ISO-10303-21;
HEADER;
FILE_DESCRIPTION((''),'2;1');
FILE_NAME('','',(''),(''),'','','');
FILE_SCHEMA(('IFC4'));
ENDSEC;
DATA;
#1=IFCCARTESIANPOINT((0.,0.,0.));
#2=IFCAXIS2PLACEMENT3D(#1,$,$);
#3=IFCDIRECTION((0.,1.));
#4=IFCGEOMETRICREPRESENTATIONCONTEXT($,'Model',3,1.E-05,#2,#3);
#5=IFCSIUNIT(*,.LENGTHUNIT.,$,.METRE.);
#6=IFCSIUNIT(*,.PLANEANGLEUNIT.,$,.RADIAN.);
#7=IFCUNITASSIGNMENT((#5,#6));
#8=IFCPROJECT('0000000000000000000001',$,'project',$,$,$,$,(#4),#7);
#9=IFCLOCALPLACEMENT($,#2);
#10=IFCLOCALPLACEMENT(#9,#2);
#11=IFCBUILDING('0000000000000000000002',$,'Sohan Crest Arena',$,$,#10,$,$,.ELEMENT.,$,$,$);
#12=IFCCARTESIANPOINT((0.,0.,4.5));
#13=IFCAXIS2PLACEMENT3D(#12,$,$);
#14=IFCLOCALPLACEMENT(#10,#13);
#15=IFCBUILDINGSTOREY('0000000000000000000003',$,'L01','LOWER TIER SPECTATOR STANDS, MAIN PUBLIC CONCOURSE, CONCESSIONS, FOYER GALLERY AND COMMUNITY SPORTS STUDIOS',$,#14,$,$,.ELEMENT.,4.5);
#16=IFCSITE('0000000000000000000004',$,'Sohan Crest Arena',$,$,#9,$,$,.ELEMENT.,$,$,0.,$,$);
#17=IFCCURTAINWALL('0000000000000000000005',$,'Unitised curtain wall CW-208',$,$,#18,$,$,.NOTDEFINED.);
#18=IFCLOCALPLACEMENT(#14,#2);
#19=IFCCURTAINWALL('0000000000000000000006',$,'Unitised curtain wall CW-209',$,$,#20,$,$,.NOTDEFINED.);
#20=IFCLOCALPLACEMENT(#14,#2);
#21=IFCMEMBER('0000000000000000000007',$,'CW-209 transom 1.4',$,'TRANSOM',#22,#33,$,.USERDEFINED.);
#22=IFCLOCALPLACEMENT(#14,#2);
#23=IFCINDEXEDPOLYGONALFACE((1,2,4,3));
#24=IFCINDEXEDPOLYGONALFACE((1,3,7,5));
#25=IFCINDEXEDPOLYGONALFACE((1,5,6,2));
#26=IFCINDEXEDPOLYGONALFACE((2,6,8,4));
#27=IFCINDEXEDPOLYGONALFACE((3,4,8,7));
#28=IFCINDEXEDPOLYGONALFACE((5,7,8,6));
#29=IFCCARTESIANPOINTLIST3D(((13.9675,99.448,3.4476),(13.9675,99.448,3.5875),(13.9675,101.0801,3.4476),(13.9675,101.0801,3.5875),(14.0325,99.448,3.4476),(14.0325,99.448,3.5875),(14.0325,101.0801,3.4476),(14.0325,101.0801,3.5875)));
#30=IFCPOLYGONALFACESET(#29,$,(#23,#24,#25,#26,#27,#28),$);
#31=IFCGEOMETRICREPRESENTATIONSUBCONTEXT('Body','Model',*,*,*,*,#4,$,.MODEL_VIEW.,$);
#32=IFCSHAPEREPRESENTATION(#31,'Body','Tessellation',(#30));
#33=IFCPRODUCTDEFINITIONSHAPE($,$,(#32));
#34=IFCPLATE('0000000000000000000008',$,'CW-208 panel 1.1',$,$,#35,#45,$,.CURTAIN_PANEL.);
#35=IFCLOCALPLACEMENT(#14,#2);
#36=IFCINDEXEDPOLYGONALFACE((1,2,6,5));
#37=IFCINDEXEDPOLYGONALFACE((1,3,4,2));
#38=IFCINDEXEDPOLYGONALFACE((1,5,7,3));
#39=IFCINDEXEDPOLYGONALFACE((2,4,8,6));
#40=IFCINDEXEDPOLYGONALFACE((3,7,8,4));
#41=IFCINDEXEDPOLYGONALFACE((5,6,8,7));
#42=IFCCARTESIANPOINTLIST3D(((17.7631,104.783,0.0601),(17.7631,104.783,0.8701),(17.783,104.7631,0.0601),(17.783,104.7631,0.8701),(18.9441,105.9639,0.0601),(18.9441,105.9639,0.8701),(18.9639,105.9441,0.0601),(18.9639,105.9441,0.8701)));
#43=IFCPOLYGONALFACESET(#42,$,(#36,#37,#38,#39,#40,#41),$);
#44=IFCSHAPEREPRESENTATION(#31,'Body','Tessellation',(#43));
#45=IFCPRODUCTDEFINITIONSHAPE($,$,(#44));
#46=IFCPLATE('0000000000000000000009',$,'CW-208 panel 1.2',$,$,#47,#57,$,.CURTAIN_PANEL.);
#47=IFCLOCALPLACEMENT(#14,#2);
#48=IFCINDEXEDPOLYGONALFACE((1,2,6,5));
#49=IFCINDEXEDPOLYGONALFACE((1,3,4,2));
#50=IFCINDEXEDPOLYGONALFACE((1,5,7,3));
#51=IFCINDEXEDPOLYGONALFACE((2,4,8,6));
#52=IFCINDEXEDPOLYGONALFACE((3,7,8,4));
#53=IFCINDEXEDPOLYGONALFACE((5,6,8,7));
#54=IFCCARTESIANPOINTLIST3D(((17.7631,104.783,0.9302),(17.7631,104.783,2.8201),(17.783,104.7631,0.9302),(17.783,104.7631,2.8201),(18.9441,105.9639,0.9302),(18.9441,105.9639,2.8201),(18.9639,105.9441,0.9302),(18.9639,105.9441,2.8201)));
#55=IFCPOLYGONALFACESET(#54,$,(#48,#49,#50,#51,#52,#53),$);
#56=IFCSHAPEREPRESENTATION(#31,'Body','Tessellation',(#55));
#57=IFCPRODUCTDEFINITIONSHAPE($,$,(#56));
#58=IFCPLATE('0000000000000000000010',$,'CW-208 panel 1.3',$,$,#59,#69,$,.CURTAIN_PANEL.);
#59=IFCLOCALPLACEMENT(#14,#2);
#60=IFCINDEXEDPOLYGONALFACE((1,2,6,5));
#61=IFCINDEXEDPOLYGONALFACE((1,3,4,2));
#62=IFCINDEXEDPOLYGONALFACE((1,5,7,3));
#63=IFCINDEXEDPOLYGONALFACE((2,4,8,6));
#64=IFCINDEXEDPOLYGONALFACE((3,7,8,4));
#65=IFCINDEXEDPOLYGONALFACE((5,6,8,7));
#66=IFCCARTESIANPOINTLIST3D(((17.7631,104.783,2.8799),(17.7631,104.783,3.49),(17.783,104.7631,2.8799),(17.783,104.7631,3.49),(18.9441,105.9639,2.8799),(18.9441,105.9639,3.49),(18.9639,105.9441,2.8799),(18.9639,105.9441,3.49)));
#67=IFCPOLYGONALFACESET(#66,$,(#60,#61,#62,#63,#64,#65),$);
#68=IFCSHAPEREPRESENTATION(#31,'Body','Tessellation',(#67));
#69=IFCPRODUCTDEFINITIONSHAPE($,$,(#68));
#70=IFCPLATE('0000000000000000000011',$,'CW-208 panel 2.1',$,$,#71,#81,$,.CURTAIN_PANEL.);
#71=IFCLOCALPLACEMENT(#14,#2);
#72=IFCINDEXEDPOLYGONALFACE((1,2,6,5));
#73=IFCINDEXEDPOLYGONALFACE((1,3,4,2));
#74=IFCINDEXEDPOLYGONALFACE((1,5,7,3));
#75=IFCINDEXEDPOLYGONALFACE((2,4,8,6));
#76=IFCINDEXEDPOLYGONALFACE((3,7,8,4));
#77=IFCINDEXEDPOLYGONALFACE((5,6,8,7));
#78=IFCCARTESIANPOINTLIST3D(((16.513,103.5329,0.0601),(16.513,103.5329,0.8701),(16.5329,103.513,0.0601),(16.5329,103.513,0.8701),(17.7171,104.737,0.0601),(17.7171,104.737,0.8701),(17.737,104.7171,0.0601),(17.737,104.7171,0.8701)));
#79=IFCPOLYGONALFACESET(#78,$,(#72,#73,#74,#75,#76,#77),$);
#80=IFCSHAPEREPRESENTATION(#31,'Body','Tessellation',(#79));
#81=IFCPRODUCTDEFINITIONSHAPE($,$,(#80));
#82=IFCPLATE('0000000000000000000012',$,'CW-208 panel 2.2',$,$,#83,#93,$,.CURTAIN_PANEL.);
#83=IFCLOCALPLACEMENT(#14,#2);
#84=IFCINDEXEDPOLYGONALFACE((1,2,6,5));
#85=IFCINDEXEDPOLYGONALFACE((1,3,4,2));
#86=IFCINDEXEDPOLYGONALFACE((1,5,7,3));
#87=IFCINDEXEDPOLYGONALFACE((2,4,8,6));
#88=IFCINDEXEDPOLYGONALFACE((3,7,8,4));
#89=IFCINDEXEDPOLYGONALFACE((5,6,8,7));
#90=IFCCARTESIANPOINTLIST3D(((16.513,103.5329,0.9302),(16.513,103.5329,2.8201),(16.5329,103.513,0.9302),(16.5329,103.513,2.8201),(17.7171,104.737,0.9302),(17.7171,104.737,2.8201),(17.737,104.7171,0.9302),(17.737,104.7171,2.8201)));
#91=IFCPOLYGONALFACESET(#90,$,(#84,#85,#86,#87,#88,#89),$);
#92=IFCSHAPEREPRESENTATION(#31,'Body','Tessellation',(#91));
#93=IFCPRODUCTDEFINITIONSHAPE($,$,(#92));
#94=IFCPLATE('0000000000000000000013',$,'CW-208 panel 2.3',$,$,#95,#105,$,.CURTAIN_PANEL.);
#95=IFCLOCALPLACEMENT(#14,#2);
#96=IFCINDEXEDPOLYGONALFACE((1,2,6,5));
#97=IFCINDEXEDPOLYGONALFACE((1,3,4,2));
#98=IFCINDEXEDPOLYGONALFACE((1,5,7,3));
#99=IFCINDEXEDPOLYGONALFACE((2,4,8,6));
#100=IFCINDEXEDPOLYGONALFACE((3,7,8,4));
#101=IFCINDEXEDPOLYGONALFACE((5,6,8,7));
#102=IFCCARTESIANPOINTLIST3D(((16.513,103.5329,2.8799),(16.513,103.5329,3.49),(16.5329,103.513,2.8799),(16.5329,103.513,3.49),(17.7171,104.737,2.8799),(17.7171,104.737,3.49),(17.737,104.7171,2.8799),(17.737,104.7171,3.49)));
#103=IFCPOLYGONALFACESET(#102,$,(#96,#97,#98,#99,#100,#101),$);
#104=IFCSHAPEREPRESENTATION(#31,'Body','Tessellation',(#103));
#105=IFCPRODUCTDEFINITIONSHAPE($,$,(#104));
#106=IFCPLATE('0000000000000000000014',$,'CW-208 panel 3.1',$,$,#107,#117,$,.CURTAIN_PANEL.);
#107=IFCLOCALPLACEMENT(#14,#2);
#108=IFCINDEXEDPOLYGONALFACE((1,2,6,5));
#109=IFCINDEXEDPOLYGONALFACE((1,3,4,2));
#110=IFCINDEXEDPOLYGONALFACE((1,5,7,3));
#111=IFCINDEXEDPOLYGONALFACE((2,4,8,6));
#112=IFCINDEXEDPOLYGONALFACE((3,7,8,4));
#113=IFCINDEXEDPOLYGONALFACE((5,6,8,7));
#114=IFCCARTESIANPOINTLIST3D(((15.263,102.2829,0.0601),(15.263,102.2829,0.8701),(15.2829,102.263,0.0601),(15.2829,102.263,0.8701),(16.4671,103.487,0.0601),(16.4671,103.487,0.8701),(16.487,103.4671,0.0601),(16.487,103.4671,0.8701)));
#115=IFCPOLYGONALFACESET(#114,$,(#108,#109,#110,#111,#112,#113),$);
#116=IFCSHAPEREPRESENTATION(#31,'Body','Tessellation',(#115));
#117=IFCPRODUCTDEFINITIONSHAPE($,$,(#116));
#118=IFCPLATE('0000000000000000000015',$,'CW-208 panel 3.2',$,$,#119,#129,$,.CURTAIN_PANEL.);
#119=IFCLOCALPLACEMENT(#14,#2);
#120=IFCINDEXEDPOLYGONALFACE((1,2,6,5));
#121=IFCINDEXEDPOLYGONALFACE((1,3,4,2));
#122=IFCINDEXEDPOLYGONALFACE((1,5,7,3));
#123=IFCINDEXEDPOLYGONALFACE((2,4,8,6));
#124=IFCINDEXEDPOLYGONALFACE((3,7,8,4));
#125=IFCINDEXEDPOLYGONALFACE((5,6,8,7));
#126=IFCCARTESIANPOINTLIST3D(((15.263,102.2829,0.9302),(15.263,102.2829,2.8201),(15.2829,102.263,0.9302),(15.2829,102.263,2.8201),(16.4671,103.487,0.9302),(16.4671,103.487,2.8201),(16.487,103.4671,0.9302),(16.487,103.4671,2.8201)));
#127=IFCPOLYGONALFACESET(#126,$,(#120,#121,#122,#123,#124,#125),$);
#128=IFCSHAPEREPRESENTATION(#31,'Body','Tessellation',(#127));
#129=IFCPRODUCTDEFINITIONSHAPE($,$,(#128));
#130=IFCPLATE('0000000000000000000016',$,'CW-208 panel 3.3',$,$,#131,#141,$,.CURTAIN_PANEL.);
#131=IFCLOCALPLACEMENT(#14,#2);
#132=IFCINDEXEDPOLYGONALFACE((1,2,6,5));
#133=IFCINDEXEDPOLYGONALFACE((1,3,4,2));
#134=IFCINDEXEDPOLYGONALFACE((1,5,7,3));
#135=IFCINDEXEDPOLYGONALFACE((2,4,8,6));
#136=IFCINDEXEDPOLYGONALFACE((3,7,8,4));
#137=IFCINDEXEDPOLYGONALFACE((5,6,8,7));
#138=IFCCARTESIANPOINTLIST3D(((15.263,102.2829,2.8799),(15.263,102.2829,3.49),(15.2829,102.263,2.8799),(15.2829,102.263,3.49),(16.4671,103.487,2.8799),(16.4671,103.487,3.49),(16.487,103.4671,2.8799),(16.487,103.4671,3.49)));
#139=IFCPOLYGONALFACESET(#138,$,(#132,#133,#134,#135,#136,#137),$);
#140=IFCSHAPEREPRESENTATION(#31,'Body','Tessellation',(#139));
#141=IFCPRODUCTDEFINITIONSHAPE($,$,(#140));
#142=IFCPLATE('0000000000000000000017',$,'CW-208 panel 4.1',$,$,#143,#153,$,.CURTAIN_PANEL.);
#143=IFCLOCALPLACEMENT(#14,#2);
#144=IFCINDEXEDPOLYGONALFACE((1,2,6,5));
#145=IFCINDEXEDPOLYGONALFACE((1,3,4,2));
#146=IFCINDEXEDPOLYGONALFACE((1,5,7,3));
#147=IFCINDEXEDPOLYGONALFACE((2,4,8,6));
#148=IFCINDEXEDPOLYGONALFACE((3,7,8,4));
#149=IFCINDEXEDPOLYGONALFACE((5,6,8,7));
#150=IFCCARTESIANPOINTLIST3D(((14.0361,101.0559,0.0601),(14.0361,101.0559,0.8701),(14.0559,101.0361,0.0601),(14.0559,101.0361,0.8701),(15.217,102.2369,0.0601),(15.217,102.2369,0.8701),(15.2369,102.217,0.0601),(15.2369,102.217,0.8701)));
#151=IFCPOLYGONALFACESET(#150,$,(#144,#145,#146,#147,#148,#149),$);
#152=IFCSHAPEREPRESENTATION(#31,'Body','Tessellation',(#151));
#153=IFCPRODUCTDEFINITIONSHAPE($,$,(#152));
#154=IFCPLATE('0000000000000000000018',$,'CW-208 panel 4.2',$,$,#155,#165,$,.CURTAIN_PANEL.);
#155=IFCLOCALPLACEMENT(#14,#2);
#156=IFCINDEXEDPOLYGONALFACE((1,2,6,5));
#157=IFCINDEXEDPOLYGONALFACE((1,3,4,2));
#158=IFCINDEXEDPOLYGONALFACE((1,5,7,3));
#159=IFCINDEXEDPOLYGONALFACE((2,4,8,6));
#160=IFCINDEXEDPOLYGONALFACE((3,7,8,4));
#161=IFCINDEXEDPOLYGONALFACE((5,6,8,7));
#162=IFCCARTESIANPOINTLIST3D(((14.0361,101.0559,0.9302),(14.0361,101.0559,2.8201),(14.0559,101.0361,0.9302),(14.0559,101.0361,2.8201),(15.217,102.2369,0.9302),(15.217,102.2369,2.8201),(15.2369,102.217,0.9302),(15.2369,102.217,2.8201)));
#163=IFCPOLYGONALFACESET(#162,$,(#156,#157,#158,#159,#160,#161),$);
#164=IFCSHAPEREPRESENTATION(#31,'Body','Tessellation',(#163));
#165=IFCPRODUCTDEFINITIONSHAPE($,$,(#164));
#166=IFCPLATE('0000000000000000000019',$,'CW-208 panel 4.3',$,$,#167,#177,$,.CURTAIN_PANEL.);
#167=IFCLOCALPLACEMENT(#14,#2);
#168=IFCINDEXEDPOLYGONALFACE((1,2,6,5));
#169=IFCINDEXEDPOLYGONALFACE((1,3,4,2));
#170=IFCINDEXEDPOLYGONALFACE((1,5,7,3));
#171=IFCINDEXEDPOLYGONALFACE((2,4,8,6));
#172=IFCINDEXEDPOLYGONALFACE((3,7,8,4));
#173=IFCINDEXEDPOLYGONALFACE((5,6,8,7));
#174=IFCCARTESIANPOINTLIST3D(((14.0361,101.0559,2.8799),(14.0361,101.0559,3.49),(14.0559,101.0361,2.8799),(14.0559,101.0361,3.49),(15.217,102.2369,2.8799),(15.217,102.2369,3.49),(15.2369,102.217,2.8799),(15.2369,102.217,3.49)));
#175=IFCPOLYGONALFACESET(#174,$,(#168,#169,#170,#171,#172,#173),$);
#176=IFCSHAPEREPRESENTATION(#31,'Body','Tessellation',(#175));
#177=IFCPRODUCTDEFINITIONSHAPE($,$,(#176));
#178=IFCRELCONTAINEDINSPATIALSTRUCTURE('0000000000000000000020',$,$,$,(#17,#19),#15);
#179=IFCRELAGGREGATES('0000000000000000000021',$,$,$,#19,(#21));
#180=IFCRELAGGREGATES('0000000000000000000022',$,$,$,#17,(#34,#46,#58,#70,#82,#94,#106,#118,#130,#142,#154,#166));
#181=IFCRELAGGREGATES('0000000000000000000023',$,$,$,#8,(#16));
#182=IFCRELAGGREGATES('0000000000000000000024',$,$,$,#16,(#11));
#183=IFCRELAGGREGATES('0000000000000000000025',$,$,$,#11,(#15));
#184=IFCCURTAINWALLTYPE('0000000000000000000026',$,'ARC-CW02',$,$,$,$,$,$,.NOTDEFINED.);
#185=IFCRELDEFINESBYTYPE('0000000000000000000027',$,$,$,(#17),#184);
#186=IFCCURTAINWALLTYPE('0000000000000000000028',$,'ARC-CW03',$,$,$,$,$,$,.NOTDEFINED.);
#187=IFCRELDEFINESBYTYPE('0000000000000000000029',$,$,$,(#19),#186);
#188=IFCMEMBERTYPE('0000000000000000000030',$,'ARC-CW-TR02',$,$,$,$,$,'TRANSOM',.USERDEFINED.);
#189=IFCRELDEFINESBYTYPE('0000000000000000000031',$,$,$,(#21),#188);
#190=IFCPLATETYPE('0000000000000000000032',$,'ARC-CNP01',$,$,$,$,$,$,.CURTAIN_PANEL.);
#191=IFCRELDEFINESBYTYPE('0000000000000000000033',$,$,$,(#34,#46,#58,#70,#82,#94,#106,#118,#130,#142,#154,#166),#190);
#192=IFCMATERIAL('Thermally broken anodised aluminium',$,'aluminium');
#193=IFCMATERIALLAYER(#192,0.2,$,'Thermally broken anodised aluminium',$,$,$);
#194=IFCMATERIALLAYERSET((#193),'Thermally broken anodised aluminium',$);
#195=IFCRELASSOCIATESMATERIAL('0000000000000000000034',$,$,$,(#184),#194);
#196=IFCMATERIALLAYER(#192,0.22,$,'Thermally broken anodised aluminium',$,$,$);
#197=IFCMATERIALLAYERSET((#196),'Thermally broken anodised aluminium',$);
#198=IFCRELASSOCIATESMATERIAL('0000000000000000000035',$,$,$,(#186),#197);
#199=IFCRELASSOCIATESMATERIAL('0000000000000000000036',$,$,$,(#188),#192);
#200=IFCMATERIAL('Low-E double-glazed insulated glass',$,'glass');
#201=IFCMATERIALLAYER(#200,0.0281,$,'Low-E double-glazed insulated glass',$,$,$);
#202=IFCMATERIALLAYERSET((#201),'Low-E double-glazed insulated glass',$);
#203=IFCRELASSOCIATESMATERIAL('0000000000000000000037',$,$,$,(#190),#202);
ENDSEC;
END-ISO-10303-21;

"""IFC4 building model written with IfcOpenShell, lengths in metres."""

from ifc_helpers import new_model, si_unit, direction, frame, origin, origin_2d, place, context, subcontext, project, spatial, rectangle, extrude, material, layer, layer_set, material_profile, profile_set, type_object, element, aggregate, save


model = new_model("IFC4")

# Units and contexts
model_context = context("Model", 3, precision=1e-05, world=origin(), true_north=direction((0.0, 1.0)))
body_context = subcontext(model_context, "Body", "Model", "MODEL_VIEW")
ifc_project = project(units=[si_unit("LENGTHUNIT", "METRE"), si_unit("PLANEANGLEUNIT", "RADIAN")], contexts=[model_context])

# Site, building, storey
site_placement = place(None, origin())
site = spatial("IfcSite", under=ifc_project, at=site_placement, Name="Sohan Crest Arena", CompositionType="ELEMENT", RefElevation=0.0)
building_placement = place(site_placement, origin())
building = spatial("IfcBuilding", under=site, at=building_placement, Name="Sohan Crest Arena", CompositionType="ELEMENT")
storey_placement = place(building_placement, frame((0.0, 0.0, 4.5)))
storey = spatial("IfcBuildingStorey", under=building, at=storey_placement, Name="L01", Description="LOWER TIER SPECTATOR STANDS, MAIN PUBLIC CONCOURSE, CONCESSIONS, FOYER GALLERY AND COMMUNITY SPORTS STUDIOS", CompositionType="ELEMENT", Elevation=4.5)

# Shared definitions
ifc_material_1 = material(Name="Thermally broken anodised aluminium", Category="aluminium")
ifc_layer_1 = layer(ifc_material_1, 0.2, Name="Thermally broken anodised aluminium")
ifc_layer_set_1 = layer_set([ifc_layer_1], Name="Thermally broken anodised aluminium")
curtain_wall_type_1 = type_object("IfcCurtainWallType", Name="ARC-CW02", PredefinedType="NOTDEFINED", material=ifc_layer_set_1)

# Curtain wall
curtain_wall_1_placement = place(storey_placement, origin())
curtain_wall_1 = element("IfcCurtainWall", 1, at=curtain_wall_1_placement, inside=storey, type_object=curtain_wall_type_1, Name="Unitised curtain wall CW-208", PredefinedType="NOTDEFINED")

# Curtain wall
ifc_layer_2 = layer(ifc_material_1, 0.22, Name="Thermally broken anodised aluminium")
ifc_layer_set_2 = layer_set([ifc_layer_2], Name="Thermally broken anodised aluminium")
curtain_wall_type_2 = type_object("IfcCurtainWallType", Name="ARC-CW03", PredefinedType="NOTDEFINED", material=ifc_layer_set_2)
curtain_wall_2_placement = place(storey_placement, origin())
curtain_wall_2 = element("IfcCurtainWall", 2, at=curtain_wall_2_placement, inside=storey, type_object=curtain_wall_type_2, Name="Unitised curtain wall CW-209", PredefinedType="NOTDEFINED")

# Member
ifc_material_profile_1 = material_profile(ifc_material_1, rectangle(XDim=0.0649, YDim=0.1399, at=origin_2d()), Name="ALU-TRAN 65x140")
ifc_profile_set_1 = profile_set([ifc_material_profile_1], Name="Thermally broken anodised aluminium")
member_type_1 = type_object("IfcMemberType", Name="ARC-CW-TR02", ElementType="TRANSOM", PredefinedType="USERDEFINED", material=ifc_profile_set_1)
member_1_placement = place(storey_placement, frame((14.0, 101.0801, 3.5176), z_axis=(0.0, -1.0, 0.0), x_axis=(1.0, 0.0, 0.0)))
member_1 = element("IfcMember", 3, at=member_1_placement, type_object=member_type_1, Name="CW-209 transom 1.4", ObjectType="TRANSOM", PredefinedType="USERDEFINED", context=body_context, shape_type="SweptSolid", body=[
    extrude(rectangle(XDim=0.0649, YDim=0.1399, at=origin_2d()), origin(), (0.0, 0.0, 1.0), 1.6321),
])
aggregate(curtain_wall_2, [member_1])

# Plates
ifc_material_2 = material(Name="Low-E double-glazed insulated glass", Category="glass")
ifc_layer_3 = layer(ifc_material_2, 0.0281, Name="Low-E double-glazed insulated glass")
ifc_layer_set_3 = layer_set([ifc_layer_3], Name="Low-E double-glazed insulated glass")
plate_type = type_object("IfcPlateType", Name="ARC-CNP01", PredefinedType="CURTAIN_PANEL", material=ifc_layer_set_3)
plate_1_placement = place(storey_placement, frame((18.3635, 105.3635, 0.0601), z_axis=(0.0, 0.0, 1.0), x_axis=(-0.707107, -0.707107, 0.0)))
plate_1 = element("IfcPlate", 4, at=plate_1_placement, type_object=plate_type, Name="CW-208 panel 1.1", PredefinedType="CURTAIN_PANEL", context=body_context, shape_type="SweptSolid", body=[
    extrude(rectangle(XDim=1.6702, YDim=0.0281, at=origin_2d()), origin(), (0.0, 0.0, 1.0), 0.8101),
])
plate_2_placement = place(storey_placement, frame((18.3635, 105.3635, 0.9302), z_axis=(0.0, 0.0, 1.0), x_axis=(-0.707107, -0.707107, 0.0)))
plate_2 = element("IfcPlate", 5, at=plate_2_placement, type_object=plate_type, Name="CW-208 panel 1.2", PredefinedType="CURTAIN_PANEL", context=body_context, shape_type="SweptSolid", body=[
    extrude(rectangle(XDim=1.6702, YDim=0.0281, at=origin_2d()), origin(), (0.0, 0.0, 1.0), 1.8899),
])
plate_3_placement = place(storey_placement, frame((18.3635, 105.3635, 2.8799), z_axis=(0.0, 0.0, 1.0), x_axis=(-0.707107, -0.707107, 0.0)))
plate_3 = element("IfcPlate", 6, at=plate_3_placement, type_object=plate_type, Name="CW-208 panel 1.3", PredefinedType="CURTAIN_PANEL", context=body_context, shape_type="SweptSolid", body=[
    extrude(rectangle(XDim=1.6702, YDim=0.0281, at=origin_2d()), origin(), (0.0, 0.0, 1.0), 0.6101),
])
plate_4_placement = place(storey_placement, frame((17.125, 104.125, 0.0601), z_axis=(0.0, 0.0, 1.0), x_axis=(-0.707107, -0.707107, 0.0)))
plate_4 = element("IfcPlate", 7, at=plate_4_placement, type_object=plate_type, Name="CW-208 panel 2.1", PredefinedType="CURTAIN_PANEL", context=body_context, shape_type="SweptSolid", body=[
    extrude(rectangle(XDim=1.7029, YDim=0.0281, at=origin_2d()), origin(), (0.0, 0.0, 1.0), 0.8101),
])
plate_5_placement = place(storey_placement, frame((17.125, 104.125, 0.9302), z_axis=(0.0, 0.0, 1.0), x_axis=(-0.707107, -0.707107, 0.0)))
plate_5 = element("IfcPlate", 8, at=plate_5_placement, type_object=plate_type, Name="CW-208 panel 2.2", PredefinedType="CURTAIN_PANEL", context=body_context, shape_type="SweptSolid", body=[
    extrude(rectangle(XDim=1.7029, YDim=0.0281, at=origin_2d()), origin(), (0.0, 0.0, 1.0), 1.8899),
])
plate_6_placement = place(storey_placement, frame((17.125, 104.125, 2.8799), z_axis=(0.0, 0.0, 1.0), x_axis=(-0.707107, -0.707107, 0.0)))
plate_6 = element("IfcPlate", 9, at=plate_6_placement, type_object=plate_type, Name="CW-208 panel 2.3", PredefinedType="CURTAIN_PANEL", context=body_context, shape_type="SweptSolid", body=[
    extrude(rectangle(XDim=1.7029, YDim=0.0281, at=origin_2d()), origin(), (0.0, 0.0, 1.0), 0.6101),
])
plate_7_placement = place(storey_placement, frame((15.875, 102.875, 0.0601), z_axis=(0.0, 0.0, 1.0), x_axis=(-0.707107, -0.707107, 0.0)))
plate_7 = element("IfcPlate", 10, at=plate_7_placement, type_object=plate_type, Name="CW-208 panel 3.1", PredefinedType="CURTAIN_PANEL", context=body_context, shape_type="SweptSolid", body=[
    extrude(rectangle(XDim=1.7029, YDim=0.0281, at=origin_2d()), origin(), (0.0, 0.0, 1.0), 0.8101),
])
plate_8_placement = place(storey_placement, frame((15.875, 102.875, 0.9302), z_axis=(0.0, 0.0, 1.0), x_axis=(-0.707107, -0.707107, 0.0)))
plate_8 = element("IfcPlate", 11, at=plate_8_placement, type_object=plate_type, Name="CW-208 panel 3.2", PredefinedType="CURTAIN_PANEL", context=body_context, shape_type="SweptSolid", body=[
    extrude(rectangle(XDim=1.7029, YDim=0.0281, at=origin_2d()), origin(), (0.0, 0.0, 1.0), 1.8899),
])
plate_9_placement = place(storey_placement, frame((15.875, 102.875, 2.8799), z_axis=(0.0, 0.0, 1.0), x_axis=(-0.707107, -0.707107, 0.0)))
plate_9 = element("IfcPlate", 12, at=plate_9_placement, type_object=plate_type, Name="CW-208 panel 3.3", PredefinedType="CURTAIN_PANEL", context=body_context, shape_type="SweptSolid", body=[
    extrude(rectangle(XDim=1.7029, YDim=0.0281, at=origin_2d()), origin(), (0.0, 0.0, 1.0), 0.6101),
])
plate_10_placement = place(storey_placement, frame((14.6365, 101.6365, 0.0601), z_axis=(0.0, 0.0, 1.0), x_axis=(-0.707107, -0.707107, 0.0)))
plate_10 = element("IfcPlate", 13, at=plate_10_placement, type_object=plate_type, Name="CW-208 panel 4.1", PredefinedType="CURTAIN_PANEL", context=body_context, shape_type="SweptSolid", body=[
    extrude(rectangle(XDim=1.6702, YDim=0.0281, at=origin_2d()), origin(), (0.0, 0.0, 1.0), 0.8101),
])
plate_11_placement = place(storey_placement, frame((14.6365, 101.6365, 0.9302), z_axis=(0.0, 0.0, 1.0), x_axis=(-0.707107, -0.707107, 0.0)))
plate_11 = element("IfcPlate", 14, at=plate_11_placement, type_object=plate_type, Name="CW-208 panel 4.2", PredefinedType="CURTAIN_PANEL", context=body_context, shape_type="SweptSolid", body=[
    extrude(rectangle(XDim=1.6702, YDim=0.0281, at=origin_2d()), origin(), (0.0, 0.0, 1.0), 1.8899),
])
plate_12_placement = place(storey_placement, frame((14.6365, 101.6365, 2.8799), z_axis=(0.0, 0.0, 1.0), x_axis=(-0.707107, -0.707107, 0.0)))
plate_12 = element("IfcPlate", 15, at=plate_12_placement, type_object=plate_type, Name="CW-208 panel 4.3", PredefinedType="CURTAIN_PANEL", context=body_context, shape_type="SweptSolid", body=[
    extrude(rectangle(XDim=1.6702, YDim=0.0281, at=origin_2d()), origin(), (0.0, 0.0, 1.0), 0.6101),
])
aggregate(curtain_wall_1, [plate_1, plate_2, plate_3, plate_4, plate_5, plate_6, plate_7, plate_8, plate_9, plate_10, plate_11, plate_12])

save(model, "model.ifc")
